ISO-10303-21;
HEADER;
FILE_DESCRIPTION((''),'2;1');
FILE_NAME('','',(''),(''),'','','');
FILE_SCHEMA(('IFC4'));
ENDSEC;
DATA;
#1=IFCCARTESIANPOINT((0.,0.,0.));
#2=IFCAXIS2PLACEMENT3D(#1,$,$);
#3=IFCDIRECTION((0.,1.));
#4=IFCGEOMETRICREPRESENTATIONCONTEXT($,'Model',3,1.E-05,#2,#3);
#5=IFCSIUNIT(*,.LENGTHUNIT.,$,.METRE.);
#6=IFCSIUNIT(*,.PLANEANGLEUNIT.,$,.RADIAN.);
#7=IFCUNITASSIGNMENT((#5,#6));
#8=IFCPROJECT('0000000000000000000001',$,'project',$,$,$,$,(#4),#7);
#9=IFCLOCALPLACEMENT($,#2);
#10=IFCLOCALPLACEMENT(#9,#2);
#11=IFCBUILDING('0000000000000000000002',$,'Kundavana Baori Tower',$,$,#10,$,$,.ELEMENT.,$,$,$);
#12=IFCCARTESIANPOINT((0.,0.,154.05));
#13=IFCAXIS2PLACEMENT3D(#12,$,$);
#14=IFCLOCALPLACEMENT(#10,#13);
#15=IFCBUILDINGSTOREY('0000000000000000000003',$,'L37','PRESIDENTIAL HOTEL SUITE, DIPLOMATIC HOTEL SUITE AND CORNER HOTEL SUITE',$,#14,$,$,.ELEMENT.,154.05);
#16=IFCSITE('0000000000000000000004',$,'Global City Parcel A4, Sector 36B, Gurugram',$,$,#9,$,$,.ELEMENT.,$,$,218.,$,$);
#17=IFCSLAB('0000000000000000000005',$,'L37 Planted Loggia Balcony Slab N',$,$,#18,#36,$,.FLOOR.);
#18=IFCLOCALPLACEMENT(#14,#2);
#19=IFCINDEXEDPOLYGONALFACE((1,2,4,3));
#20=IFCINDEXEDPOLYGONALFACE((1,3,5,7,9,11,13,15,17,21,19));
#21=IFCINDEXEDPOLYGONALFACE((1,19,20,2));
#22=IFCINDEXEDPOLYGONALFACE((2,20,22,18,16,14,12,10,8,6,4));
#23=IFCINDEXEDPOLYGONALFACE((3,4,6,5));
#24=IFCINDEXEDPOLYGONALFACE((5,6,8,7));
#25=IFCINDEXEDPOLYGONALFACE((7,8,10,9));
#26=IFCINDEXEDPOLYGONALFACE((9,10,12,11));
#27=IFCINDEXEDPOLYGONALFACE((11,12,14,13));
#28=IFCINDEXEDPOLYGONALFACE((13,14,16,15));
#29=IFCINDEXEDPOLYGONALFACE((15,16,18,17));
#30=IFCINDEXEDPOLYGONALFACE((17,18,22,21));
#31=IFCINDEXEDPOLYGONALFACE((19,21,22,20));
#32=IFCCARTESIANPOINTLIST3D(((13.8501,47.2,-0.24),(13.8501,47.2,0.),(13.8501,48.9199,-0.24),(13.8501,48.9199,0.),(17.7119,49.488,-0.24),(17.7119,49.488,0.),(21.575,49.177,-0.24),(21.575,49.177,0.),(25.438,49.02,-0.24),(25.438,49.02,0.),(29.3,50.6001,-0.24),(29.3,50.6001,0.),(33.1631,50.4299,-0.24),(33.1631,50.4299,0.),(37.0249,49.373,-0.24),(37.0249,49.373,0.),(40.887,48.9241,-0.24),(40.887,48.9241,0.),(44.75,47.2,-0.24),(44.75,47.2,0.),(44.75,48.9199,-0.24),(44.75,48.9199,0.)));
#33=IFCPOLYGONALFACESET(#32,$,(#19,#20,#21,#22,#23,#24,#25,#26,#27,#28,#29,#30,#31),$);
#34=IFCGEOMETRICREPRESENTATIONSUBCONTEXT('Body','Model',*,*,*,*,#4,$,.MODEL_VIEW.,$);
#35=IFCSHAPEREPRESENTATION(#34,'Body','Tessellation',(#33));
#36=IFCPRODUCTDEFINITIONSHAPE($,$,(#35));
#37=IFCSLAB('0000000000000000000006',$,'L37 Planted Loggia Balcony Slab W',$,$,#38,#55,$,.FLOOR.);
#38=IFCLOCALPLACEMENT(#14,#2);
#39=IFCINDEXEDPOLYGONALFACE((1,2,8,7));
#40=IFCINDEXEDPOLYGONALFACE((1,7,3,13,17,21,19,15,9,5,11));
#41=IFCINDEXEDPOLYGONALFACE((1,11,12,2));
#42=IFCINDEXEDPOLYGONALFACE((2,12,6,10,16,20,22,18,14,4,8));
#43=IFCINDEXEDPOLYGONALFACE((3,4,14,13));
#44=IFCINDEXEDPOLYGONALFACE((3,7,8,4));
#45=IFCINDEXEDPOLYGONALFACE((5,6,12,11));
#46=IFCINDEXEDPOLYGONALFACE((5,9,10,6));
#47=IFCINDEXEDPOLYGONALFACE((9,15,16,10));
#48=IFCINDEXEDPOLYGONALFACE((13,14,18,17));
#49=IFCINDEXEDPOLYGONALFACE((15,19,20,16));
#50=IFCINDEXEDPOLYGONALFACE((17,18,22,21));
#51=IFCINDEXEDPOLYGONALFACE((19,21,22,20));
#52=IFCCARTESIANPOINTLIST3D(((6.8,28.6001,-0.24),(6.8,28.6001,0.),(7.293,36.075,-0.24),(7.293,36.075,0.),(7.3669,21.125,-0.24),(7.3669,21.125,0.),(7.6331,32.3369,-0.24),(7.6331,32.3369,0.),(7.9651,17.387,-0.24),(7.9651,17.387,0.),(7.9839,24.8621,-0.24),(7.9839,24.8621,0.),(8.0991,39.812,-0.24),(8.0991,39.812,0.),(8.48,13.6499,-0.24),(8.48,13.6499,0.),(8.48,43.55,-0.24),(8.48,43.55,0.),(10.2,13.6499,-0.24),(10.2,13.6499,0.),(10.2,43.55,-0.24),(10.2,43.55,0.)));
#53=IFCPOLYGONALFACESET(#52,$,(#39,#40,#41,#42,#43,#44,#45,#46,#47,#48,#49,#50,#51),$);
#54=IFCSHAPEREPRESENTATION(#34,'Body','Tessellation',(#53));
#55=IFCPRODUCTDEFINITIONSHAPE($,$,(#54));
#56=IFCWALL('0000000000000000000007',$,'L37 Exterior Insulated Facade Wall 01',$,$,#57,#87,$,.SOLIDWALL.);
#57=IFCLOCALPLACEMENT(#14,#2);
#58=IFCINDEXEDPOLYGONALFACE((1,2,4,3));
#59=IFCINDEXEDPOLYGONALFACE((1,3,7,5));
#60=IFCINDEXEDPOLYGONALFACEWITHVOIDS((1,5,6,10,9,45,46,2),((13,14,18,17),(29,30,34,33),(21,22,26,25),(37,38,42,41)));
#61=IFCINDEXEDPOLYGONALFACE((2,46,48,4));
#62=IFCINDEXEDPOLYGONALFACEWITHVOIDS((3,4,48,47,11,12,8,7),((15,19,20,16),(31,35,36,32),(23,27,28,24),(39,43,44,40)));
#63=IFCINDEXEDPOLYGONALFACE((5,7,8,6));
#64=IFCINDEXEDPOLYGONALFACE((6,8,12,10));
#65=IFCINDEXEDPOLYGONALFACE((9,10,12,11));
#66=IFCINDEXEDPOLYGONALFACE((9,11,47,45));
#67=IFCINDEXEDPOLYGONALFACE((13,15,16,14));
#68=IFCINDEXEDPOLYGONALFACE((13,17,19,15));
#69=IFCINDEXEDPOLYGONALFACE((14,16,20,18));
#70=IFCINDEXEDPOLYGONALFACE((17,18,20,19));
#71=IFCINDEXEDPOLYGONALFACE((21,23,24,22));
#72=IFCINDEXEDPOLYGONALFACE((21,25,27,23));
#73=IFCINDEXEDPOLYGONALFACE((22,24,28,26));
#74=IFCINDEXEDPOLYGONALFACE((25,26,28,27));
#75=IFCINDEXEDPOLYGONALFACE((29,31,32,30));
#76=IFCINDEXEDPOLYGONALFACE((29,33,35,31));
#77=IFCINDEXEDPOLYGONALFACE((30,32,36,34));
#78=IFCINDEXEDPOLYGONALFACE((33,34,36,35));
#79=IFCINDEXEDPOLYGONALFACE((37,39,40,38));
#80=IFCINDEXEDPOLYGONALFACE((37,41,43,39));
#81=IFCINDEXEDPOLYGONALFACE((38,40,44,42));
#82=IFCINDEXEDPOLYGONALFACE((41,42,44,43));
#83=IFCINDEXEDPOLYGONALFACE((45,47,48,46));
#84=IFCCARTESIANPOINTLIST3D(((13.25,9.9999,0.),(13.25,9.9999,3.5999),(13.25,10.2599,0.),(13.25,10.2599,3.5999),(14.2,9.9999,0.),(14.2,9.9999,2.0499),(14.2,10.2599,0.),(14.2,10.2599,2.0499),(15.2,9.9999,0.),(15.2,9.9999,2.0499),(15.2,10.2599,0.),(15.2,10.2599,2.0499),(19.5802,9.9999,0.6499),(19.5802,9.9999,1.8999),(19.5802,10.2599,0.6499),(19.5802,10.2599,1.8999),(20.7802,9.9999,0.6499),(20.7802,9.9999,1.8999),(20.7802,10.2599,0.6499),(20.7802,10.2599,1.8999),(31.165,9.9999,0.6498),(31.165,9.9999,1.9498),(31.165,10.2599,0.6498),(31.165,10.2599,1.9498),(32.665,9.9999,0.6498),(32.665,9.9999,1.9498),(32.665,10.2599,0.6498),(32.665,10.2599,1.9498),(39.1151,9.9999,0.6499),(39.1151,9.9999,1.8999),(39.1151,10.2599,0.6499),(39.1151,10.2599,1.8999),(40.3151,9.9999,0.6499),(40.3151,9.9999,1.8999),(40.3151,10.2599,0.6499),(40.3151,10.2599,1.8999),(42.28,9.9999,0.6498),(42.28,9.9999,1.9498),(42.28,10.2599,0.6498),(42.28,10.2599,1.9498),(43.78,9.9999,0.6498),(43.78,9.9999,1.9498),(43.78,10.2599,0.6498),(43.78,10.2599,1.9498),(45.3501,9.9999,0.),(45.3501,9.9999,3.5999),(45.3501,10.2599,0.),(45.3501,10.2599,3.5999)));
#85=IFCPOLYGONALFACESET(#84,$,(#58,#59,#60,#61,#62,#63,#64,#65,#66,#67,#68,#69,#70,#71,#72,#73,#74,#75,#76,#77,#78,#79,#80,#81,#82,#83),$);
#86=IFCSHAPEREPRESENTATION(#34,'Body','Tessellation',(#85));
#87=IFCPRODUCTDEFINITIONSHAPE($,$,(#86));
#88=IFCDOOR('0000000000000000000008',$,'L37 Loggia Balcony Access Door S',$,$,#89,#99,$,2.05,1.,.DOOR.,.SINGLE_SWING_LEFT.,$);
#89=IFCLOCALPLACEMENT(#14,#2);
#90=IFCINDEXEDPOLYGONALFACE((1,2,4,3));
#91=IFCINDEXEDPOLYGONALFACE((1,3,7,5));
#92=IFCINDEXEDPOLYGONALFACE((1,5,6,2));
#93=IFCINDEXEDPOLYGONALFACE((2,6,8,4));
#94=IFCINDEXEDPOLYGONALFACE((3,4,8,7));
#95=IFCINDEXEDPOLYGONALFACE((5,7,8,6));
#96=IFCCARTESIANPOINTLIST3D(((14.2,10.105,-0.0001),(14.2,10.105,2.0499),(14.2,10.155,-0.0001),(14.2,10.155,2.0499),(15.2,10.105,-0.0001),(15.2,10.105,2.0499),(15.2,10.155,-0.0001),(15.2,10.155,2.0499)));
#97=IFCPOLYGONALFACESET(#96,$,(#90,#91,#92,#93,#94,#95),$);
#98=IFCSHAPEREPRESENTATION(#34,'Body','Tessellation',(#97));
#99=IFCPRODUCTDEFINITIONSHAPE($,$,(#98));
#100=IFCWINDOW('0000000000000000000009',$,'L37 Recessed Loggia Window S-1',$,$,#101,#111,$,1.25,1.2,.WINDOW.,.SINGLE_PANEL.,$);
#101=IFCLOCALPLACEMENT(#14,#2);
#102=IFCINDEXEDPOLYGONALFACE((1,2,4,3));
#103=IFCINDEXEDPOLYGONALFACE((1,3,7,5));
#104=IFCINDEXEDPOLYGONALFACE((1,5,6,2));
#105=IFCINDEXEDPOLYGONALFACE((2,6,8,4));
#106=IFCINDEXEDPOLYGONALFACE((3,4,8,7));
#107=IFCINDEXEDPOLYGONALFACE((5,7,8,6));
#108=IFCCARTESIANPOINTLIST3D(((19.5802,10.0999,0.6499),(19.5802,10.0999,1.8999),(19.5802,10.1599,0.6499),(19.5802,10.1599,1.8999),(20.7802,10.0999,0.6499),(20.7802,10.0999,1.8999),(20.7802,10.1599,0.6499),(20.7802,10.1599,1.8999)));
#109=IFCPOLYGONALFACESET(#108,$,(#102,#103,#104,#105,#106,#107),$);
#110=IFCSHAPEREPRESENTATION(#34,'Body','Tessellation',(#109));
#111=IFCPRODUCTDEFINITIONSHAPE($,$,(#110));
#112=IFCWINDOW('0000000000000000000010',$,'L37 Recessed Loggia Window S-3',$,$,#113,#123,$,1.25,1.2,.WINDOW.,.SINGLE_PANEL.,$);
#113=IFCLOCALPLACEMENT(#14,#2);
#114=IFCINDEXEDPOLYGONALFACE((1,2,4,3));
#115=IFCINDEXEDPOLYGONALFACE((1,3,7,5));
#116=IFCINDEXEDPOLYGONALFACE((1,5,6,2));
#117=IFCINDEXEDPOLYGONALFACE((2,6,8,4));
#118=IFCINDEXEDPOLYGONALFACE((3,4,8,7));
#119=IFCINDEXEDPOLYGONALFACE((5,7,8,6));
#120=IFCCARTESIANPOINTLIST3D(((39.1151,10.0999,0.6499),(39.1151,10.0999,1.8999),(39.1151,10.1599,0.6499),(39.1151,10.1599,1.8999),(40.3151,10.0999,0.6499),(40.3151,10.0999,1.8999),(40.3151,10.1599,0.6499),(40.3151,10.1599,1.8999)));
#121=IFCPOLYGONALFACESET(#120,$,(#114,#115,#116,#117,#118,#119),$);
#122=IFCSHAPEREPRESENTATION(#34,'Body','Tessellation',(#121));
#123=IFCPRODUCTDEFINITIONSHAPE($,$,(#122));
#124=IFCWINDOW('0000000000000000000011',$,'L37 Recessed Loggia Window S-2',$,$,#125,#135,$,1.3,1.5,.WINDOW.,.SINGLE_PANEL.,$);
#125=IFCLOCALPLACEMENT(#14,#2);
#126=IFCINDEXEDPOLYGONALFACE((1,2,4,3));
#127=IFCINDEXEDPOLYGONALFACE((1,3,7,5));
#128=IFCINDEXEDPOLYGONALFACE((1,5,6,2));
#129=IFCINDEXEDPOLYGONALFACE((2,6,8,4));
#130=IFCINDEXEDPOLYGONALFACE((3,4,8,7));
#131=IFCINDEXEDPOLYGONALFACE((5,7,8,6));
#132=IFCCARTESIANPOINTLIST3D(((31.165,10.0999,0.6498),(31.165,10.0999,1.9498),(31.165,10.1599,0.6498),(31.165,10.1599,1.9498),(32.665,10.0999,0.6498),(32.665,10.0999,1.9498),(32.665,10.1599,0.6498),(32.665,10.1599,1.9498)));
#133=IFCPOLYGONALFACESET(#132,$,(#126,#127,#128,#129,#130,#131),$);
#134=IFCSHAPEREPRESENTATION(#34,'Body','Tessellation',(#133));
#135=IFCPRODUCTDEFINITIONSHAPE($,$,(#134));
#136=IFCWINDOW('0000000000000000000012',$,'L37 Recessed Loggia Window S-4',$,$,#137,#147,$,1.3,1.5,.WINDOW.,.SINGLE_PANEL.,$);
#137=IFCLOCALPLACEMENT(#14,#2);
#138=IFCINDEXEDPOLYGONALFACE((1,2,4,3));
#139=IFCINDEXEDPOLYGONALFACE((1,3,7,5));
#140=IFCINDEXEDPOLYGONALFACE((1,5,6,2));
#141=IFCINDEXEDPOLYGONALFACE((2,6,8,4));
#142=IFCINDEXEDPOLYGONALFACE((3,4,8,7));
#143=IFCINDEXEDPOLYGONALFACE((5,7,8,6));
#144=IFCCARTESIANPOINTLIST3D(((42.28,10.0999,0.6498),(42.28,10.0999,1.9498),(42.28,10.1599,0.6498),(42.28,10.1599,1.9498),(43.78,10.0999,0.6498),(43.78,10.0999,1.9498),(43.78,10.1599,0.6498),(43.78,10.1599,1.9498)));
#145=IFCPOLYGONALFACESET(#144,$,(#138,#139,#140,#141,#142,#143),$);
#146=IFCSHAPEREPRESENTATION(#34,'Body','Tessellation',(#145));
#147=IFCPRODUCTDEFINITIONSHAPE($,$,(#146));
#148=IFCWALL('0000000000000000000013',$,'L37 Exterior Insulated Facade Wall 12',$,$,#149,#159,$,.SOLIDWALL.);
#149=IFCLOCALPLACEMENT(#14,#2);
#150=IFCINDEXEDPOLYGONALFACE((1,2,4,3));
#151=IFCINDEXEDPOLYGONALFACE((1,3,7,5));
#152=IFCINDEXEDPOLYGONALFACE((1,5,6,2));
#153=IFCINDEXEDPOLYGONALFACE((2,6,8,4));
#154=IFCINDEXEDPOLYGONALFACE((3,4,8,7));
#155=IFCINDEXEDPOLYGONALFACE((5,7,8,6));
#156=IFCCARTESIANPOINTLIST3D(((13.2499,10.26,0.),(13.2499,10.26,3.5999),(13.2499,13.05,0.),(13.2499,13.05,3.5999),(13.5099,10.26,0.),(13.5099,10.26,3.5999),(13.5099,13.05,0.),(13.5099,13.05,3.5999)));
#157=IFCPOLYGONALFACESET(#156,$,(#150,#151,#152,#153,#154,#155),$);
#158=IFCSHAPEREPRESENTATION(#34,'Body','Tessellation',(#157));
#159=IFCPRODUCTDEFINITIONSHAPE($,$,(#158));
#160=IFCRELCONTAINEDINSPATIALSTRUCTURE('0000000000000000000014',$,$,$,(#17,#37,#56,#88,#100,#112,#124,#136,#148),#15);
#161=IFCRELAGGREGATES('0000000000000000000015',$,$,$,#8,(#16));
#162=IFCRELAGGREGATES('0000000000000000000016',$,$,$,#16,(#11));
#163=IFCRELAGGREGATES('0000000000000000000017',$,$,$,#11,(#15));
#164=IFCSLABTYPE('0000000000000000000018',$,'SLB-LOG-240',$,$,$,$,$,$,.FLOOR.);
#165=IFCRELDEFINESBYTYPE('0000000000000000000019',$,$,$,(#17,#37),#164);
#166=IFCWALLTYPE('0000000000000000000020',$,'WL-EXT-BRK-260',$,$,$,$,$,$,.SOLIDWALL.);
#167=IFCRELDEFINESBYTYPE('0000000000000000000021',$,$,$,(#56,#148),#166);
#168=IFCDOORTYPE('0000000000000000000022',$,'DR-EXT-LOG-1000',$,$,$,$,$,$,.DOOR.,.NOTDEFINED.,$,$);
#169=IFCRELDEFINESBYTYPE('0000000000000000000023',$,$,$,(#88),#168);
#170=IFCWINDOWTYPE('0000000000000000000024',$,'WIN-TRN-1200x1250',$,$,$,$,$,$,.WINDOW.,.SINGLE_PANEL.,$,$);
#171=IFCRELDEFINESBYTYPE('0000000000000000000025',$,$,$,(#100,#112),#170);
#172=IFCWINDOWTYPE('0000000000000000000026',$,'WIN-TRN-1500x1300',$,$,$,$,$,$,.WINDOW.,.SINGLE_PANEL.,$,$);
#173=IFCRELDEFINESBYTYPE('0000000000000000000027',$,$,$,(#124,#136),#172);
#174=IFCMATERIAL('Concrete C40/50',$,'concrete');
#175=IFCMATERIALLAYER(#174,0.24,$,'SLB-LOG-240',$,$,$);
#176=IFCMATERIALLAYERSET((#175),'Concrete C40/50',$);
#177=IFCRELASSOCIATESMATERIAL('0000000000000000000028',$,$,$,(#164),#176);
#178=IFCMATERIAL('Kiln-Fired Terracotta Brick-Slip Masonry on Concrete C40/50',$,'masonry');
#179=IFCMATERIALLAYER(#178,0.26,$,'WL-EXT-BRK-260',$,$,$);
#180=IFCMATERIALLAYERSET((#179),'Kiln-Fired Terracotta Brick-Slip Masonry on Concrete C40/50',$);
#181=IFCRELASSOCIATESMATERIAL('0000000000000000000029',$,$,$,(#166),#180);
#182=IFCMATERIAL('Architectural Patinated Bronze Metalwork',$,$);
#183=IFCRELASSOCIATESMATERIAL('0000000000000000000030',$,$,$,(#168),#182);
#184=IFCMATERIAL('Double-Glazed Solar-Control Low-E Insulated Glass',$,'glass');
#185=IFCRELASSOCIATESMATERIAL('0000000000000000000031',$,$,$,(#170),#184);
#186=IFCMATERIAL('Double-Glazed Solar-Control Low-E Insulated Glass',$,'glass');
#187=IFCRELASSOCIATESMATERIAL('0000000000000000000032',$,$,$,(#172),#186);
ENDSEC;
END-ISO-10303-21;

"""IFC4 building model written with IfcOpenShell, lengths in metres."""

from ifc_helpers import new_model, si_unit, direction, frame, frame_2d, origin, place, context, subcontext, project, spatial, polyline, rectangle, outline, extrude, material, layer, layer_set, type_object, element, fill, save


model = new_model("IFC4")

# Units and contexts
model_context = context("Model", 3, precision=1e-05, world=origin(), true_north=direction((0.0, 1.0)))
body_context = subcontext(model_context, "Body", "Model", "MODEL_VIEW")
ifc_project = project(units=[si_unit("LENGTHUNIT", "METRE"), si_unit("PLANEANGLEUNIT", "RADIAN")], contexts=[model_context])

# Site, building, storey
site_placement = place(None, origin())
site = spatial("IfcSite", under=ifc_project, at=site_placement, Name="Global City Parcel A4, Sector 36B, Gurugram", CompositionType="ELEMENT", RefElevation=218.0)
building_placement = place(site_placement, origin())
building = spatial("IfcBuilding", under=site, at=building_placement, Name="Kundavana Baori Tower", CompositionType="ELEMENT")
storey_placement = place(building_placement, frame((0.0, 0.0, 154.05)))
storey = spatial("IfcBuildingStorey", under=building, at=storey_placement, Name="L37", Description="PRESIDENTIAL HOTEL SUITE, DIPLOMATIC HOTEL SUITE AND CORNER HOTEL SUITE", CompositionType="ELEMENT", Elevation=154.05)

# Slabs
ifc_material_1 = material(Name="Concrete C40/50", Category="concrete")
ifc_layer_1 = layer(ifc_material_1, 0.24, Name="SLB-LOG-240")
ifc_layer_set_1 = layer_set([ifc_layer_1], Name="Concrete C40/50")
slab_type_1 = type_object("IfcSlabType", Name="SLB-LOG-240", PredefinedType="FLOOR", material=ifc_layer_set_1)
slab_1_placement = place(storey_placement, frame((0.0, 0.0, -0.24)))
element("IfcSlab", 1, at=slab_1_placement, inside=storey, type_object=slab_type_1, Name="L37 Planted Loggia Balcony Slab N", PredefinedType="FLOOR", context=body_context, shape_type="SweptSolid", body=[
    extrude(outline(polyline([(44.75, 47.2), (13.8501, 47.2), (13.8501, 48.9199), (17.7119, 49.488), (21.575, 49.177), (25.438, 49.02), (29.3, 50.6001), (33.1631, 50.4299), (37.0249, 49.373), (40.887, 48.9241), (44.75, 48.9199), (44.75, 47.2)])), origin(), (0.0, 0.0, 1.0), 0.24),
])
slab_2_placement = place(storey_placement, frame((0.0, 0.0, -0.24)))
element("IfcSlab", 2, at=slab_2_placement, inside=storey, type_object=slab_type_1, Name="L37 Planted Loggia Balcony Slab W", PredefinedType="FLOOR", context=body_context, shape_type="SweptSolid", body=[
    extrude(outline(polyline([(10.2, 43.55), (10.2, 13.6499), (8.48, 13.6499), (7.9651, 17.387), (7.3669, 21.125), (7.9839, 24.8621), (6.8, 28.6001), (7.6331, 32.3369), (7.293, 36.075), (8.0991, 39.812), (8.48, 43.55), (10.2, 43.55)])), origin(), (0.0, 0.0, 1.0), 0.24),
])

# Wall, openings, door, windows
ifc_material_2 = material(Name="Kiln-Fired Terracotta Brick-Slip Masonry on Concrete C40/50", Category="masonry")
ifc_layer_2 = layer(ifc_material_2, 0.26, Name="WL-EXT-BRK-260")
ifc_layer_set_2 = layer_set([ifc_layer_2], Name="Kiln-Fired Terracotta Brick-Slip Masonry on Concrete C40/50")
wall_type_1 = type_object("IfcWallType", Name="WL-EXT-BRK-260", PredefinedType="SOLIDWALL", material=ifc_layer_set_2)
wall_1_placement = place(storey_placement, frame((13.25, 10.1299, 0.0), z_axis=(0.0, 0.0, 1.0), x_axis=(1.0, 0.0, 0.0)))
wall_1 = element("IfcWall", 3, at=wall_1_placement, inside=storey, type_object=wall_type_1, Name="L37 Exterior Insulated Facade Wall 01", PredefinedType="SOLIDWALL", context=body_context, shape_type="SweptSolid", body=[
    extrude(rectangle(XDim=32.1001, YDim=0.26, at=frame_2d((16.05, 0.0))), origin(), (0.0, 0.0, 1.0), 3.5999),
])
opening_1_placement = place(wall_1_placement, frame((0.95, 0.0, 0.0)))
opening_1 = element("IfcOpeningElement", 4, at=opening_1_placement, cuts=wall_1, PredefinedType="OPENING", context=body_context, shape_type="SweptSolid", body=[
    extrude(rectangle(XDim=1.0, YDim=2.05, at=frame_2d((0.5, 1.0249))), frame((0.0, 0.1401, 0.0), z_axis=(0.0, -1.0, 0.0), x_axis=(1.0, 0.0, 0.0)), (0.0, 0.0, 1.0), 0.28),
])
opening_2_placement = place(wall_1_placement, frame((6.3301, 0.0, 0.6499)))
opening_2 = element("IfcOpeningElement", 5, at=opening_2_placement, cuts=wall_1, PredefinedType="OPENING", context=body_context, shape_type="SweptSolid", body=[
    extrude(rectangle(XDim=1.2, YDim=1.25, at=frame_2d((0.6001, 0.625))), frame((0.0, 0.1401, 0.0), z_axis=(0.0, -1.0, 0.0), x_axis=(1.0, 0.0, 0.0)), (0.0, 0.0, 1.0), 0.28),
])
opening_3_placement = place(wall_1_placement, frame((17.915, 0.0, 0.6499)))
opening_3 = element("IfcOpeningElement", 6, at=opening_3_placement, cuts=wall_1, PredefinedType="OPENING", context=body_context, shape_type="SweptSolid", body=[
    extrude(rectangle(XDim=1.5, YDim=1.3, at=frame_2d((0.75, 0.6499))), frame((0.0, 0.1401, 0.0), z_axis=(0.0, -1.0, 0.0), x_axis=(1.0, 0.0, 0.0)), (0.0, 0.0, 1.0), 0.28),
])
opening_4_placement = place(wall_1_placement, frame((25.865, 0.0, 0.6499)))
opening_4 = element("IfcOpeningElement", 7, at=opening_4_placement, cuts=wall_1, PredefinedType="OPENING", context=body_context, shape_type="SweptSolid", body=[
    extrude(rectangle(XDim=1.2, YDim=1.25, at=frame_2d((0.6001, 0.625))), frame((0.0, 0.1401, 0.0), z_axis=(0.0, -1.0, 0.0), x_axis=(1.0, 0.0, 0.0)), (0.0, 0.0, 1.0), 0.28),
])
opening_5_placement = place(wall_1_placement, frame((29.03, 0.0, 0.6499)))
opening_5 = element("IfcOpeningElement", 8, at=opening_5_placement, cuts=wall_1, PredefinedType="OPENING", context=body_context, shape_type="SweptSolid", body=[
    extrude(rectangle(XDim=1.5, YDim=1.3, at=frame_2d((0.75, 0.6499))), frame((0.0, 0.1401, 0.0), z_axis=(0.0, -1.0, 0.0), x_axis=(1.0, 0.0, 0.0)), (0.0, 0.0, 1.0), 0.28),
])
ifc_material_3 = material(Name="Architectural Patinated Bronze Metalwork")
door_type = type_object("IfcDoorType", Name="DR-EXT-LOG-1000", OperationType="NOTDEFINED", PredefinedType="DOOR", material=ifc_material_3)
door_placement = place(opening_1_placement, frame((1.0, 0.0, 0.0), z_axis=(0.0, 0.0, 1.0), x_axis=(-1.0, 0.0, 0.0)))
door = element("IfcDoor", 9, at=door_placement, inside=storey, type_object=door_type, Name="L37 Loggia Balcony Access Door S", OperationType="SINGLE_SWING_LEFT", OverallHeight=2.05, OverallWidth=1.0, PredefinedType="DOOR", context=body_context, shape_type="SweptSolid", body=[
    extrude(rectangle(XDim=1.0, YDim=2.05, at=frame_2d((0.5, 1.0249))), frame((0.0, 0.0249, 0.0), z_axis=(0.0, -1.0, 0.0), x_axis=(1.0, 0.0, 0.0)), (0.0, 0.0, 1.0), 0.05),
])
fill(opening_1, door)
ifc_material_4 = material(Name="Double-Glazed Solar-Control Low-E Insulated Glass", Category="glass")
window_type_1 = type_object("IfcWindowType", Name="WIN-TRN-1200x1250", PartitioningType="SINGLE_PANEL", PredefinedType="WINDOW", material=ifc_material_4)
window_1_placement = place(opening_2_placement, origin())
window_1 = element("IfcWindow", 10, at=window_1_placement, inside=storey, type_object=window_type_1, Name="L37 Recessed Loggia Window S-1", OverallHeight=1.25, OverallWidth=1.2, PartitioningType="SINGLE_PANEL", PredefinedType="WINDOW", context=body_context, shape_type="SweptSolid", body=[
    extrude(rectangle(XDim=1.2, YDim=1.25, at=frame_2d((0.6001, 0.625))), frame((0.0, 0.03, 0.0), z_axis=(0.0, -1.0, 0.0), x_axis=(1.0, 0.0, 0.0)), (0.0, 0.0, 1.0), 0.0601),
])
fill(opening_2, window_1)
window_2_placement = place(opening_4_placement, origin())
window_2 = element("IfcWindow", 11, at=window_2_placement, inside=storey, type_object=window_type_1, Name="L37 Recessed Loggia Window S-3", OverallHeight=1.25, OverallWidth=1.2, PartitioningType="SINGLE_PANEL", PredefinedType="WINDOW", context=body_context, shape_type="SweptSolid", body=[
    extrude(rectangle(XDim=1.2, YDim=1.25, at=frame_2d((0.6001, 0.625))), frame((0.0, 0.03, 0.0), z_axis=(0.0, -1.0, 0.0), x_axis=(1.0, 0.0, 0.0)), (0.0, 0.0, 1.0), 0.0601),
])
fill(opening_4, window_2)
ifc_material_5 = material(Name="Double-Glazed Solar-Control Low-E Insulated Glass", Category="glass")
window_type_2 = type_object("IfcWindowType", Name="WIN-TRN-1500x1300", PartitioningType="SINGLE_PANEL", PredefinedType="WINDOW", material=ifc_material_5)
window_3_placement = place(opening_3_placement, origin())
window_3 = element("IfcWindow", 12, at=window_3_placement, inside=storey, type_object=window_type_2, Name="L37 Recessed Loggia Window S-2", OverallHeight=1.3, OverallWidth=1.5, PartitioningType="SINGLE_PANEL", PredefinedType="WINDOW", context=body_context, shape_type="SweptSolid", body=[
    extrude(rectangle(XDim=1.5, YDim=1.3, at=frame_2d((0.75, 0.6499))), frame((0.0, 0.03, 0.0), z_axis=(0.0, -1.0, 0.0), x_axis=(1.0, 0.0, 0.0)), (0.0, 0.0, 1.0), 0.0601),
])
fill(opening_3, window_3)
window_4_placement = place(opening_5_placement, origin())
window_4 = element("IfcWindow", 13, at=window_4_placement, inside=storey, type_object=window_type_2, Name="L37 Recessed Loggia Window S-4", OverallHeight=1.3, OverallWidth=1.5, PartitioningType="SINGLE_PANEL", PredefinedType="WINDOW", context=body_context, shape_type="SweptSolid", body=[
    extrude(rectangle(XDim=1.5, YDim=1.3, at=frame_2d((0.75, 0.6499))), frame((0.0, 0.03, 0.0), z_axis=(0.0, -1.0, 0.0), x_axis=(1.0, 0.0, 0.0)), (0.0, 0.0, 1.0), 0.0601),
])
fill(opening_5, window_4)

# Wall
wall_2_placement = place(storey_placement, frame((13.3799, 13.05, 0.0), z_axis=(0.0, 0.0, 1.0), x_axis=(0.0, -1.0, 0.0)))
element("IfcWall", 14, at=wall_2_placement, inside=storey, type_object=wall_type_1, Name="L37 Exterior Insulated Facade Wall 12", PredefinedType="SOLIDWALL", context=body_context, shape_type="SweptSolid", body=[
    extrude(rectangle(XDim=2.79, YDim=0.26, at=frame_2d((1.395, 0.0))), origin(), (0.0, 0.0, 1.0), 3.5999),
])

save(model, "model.ifc")
